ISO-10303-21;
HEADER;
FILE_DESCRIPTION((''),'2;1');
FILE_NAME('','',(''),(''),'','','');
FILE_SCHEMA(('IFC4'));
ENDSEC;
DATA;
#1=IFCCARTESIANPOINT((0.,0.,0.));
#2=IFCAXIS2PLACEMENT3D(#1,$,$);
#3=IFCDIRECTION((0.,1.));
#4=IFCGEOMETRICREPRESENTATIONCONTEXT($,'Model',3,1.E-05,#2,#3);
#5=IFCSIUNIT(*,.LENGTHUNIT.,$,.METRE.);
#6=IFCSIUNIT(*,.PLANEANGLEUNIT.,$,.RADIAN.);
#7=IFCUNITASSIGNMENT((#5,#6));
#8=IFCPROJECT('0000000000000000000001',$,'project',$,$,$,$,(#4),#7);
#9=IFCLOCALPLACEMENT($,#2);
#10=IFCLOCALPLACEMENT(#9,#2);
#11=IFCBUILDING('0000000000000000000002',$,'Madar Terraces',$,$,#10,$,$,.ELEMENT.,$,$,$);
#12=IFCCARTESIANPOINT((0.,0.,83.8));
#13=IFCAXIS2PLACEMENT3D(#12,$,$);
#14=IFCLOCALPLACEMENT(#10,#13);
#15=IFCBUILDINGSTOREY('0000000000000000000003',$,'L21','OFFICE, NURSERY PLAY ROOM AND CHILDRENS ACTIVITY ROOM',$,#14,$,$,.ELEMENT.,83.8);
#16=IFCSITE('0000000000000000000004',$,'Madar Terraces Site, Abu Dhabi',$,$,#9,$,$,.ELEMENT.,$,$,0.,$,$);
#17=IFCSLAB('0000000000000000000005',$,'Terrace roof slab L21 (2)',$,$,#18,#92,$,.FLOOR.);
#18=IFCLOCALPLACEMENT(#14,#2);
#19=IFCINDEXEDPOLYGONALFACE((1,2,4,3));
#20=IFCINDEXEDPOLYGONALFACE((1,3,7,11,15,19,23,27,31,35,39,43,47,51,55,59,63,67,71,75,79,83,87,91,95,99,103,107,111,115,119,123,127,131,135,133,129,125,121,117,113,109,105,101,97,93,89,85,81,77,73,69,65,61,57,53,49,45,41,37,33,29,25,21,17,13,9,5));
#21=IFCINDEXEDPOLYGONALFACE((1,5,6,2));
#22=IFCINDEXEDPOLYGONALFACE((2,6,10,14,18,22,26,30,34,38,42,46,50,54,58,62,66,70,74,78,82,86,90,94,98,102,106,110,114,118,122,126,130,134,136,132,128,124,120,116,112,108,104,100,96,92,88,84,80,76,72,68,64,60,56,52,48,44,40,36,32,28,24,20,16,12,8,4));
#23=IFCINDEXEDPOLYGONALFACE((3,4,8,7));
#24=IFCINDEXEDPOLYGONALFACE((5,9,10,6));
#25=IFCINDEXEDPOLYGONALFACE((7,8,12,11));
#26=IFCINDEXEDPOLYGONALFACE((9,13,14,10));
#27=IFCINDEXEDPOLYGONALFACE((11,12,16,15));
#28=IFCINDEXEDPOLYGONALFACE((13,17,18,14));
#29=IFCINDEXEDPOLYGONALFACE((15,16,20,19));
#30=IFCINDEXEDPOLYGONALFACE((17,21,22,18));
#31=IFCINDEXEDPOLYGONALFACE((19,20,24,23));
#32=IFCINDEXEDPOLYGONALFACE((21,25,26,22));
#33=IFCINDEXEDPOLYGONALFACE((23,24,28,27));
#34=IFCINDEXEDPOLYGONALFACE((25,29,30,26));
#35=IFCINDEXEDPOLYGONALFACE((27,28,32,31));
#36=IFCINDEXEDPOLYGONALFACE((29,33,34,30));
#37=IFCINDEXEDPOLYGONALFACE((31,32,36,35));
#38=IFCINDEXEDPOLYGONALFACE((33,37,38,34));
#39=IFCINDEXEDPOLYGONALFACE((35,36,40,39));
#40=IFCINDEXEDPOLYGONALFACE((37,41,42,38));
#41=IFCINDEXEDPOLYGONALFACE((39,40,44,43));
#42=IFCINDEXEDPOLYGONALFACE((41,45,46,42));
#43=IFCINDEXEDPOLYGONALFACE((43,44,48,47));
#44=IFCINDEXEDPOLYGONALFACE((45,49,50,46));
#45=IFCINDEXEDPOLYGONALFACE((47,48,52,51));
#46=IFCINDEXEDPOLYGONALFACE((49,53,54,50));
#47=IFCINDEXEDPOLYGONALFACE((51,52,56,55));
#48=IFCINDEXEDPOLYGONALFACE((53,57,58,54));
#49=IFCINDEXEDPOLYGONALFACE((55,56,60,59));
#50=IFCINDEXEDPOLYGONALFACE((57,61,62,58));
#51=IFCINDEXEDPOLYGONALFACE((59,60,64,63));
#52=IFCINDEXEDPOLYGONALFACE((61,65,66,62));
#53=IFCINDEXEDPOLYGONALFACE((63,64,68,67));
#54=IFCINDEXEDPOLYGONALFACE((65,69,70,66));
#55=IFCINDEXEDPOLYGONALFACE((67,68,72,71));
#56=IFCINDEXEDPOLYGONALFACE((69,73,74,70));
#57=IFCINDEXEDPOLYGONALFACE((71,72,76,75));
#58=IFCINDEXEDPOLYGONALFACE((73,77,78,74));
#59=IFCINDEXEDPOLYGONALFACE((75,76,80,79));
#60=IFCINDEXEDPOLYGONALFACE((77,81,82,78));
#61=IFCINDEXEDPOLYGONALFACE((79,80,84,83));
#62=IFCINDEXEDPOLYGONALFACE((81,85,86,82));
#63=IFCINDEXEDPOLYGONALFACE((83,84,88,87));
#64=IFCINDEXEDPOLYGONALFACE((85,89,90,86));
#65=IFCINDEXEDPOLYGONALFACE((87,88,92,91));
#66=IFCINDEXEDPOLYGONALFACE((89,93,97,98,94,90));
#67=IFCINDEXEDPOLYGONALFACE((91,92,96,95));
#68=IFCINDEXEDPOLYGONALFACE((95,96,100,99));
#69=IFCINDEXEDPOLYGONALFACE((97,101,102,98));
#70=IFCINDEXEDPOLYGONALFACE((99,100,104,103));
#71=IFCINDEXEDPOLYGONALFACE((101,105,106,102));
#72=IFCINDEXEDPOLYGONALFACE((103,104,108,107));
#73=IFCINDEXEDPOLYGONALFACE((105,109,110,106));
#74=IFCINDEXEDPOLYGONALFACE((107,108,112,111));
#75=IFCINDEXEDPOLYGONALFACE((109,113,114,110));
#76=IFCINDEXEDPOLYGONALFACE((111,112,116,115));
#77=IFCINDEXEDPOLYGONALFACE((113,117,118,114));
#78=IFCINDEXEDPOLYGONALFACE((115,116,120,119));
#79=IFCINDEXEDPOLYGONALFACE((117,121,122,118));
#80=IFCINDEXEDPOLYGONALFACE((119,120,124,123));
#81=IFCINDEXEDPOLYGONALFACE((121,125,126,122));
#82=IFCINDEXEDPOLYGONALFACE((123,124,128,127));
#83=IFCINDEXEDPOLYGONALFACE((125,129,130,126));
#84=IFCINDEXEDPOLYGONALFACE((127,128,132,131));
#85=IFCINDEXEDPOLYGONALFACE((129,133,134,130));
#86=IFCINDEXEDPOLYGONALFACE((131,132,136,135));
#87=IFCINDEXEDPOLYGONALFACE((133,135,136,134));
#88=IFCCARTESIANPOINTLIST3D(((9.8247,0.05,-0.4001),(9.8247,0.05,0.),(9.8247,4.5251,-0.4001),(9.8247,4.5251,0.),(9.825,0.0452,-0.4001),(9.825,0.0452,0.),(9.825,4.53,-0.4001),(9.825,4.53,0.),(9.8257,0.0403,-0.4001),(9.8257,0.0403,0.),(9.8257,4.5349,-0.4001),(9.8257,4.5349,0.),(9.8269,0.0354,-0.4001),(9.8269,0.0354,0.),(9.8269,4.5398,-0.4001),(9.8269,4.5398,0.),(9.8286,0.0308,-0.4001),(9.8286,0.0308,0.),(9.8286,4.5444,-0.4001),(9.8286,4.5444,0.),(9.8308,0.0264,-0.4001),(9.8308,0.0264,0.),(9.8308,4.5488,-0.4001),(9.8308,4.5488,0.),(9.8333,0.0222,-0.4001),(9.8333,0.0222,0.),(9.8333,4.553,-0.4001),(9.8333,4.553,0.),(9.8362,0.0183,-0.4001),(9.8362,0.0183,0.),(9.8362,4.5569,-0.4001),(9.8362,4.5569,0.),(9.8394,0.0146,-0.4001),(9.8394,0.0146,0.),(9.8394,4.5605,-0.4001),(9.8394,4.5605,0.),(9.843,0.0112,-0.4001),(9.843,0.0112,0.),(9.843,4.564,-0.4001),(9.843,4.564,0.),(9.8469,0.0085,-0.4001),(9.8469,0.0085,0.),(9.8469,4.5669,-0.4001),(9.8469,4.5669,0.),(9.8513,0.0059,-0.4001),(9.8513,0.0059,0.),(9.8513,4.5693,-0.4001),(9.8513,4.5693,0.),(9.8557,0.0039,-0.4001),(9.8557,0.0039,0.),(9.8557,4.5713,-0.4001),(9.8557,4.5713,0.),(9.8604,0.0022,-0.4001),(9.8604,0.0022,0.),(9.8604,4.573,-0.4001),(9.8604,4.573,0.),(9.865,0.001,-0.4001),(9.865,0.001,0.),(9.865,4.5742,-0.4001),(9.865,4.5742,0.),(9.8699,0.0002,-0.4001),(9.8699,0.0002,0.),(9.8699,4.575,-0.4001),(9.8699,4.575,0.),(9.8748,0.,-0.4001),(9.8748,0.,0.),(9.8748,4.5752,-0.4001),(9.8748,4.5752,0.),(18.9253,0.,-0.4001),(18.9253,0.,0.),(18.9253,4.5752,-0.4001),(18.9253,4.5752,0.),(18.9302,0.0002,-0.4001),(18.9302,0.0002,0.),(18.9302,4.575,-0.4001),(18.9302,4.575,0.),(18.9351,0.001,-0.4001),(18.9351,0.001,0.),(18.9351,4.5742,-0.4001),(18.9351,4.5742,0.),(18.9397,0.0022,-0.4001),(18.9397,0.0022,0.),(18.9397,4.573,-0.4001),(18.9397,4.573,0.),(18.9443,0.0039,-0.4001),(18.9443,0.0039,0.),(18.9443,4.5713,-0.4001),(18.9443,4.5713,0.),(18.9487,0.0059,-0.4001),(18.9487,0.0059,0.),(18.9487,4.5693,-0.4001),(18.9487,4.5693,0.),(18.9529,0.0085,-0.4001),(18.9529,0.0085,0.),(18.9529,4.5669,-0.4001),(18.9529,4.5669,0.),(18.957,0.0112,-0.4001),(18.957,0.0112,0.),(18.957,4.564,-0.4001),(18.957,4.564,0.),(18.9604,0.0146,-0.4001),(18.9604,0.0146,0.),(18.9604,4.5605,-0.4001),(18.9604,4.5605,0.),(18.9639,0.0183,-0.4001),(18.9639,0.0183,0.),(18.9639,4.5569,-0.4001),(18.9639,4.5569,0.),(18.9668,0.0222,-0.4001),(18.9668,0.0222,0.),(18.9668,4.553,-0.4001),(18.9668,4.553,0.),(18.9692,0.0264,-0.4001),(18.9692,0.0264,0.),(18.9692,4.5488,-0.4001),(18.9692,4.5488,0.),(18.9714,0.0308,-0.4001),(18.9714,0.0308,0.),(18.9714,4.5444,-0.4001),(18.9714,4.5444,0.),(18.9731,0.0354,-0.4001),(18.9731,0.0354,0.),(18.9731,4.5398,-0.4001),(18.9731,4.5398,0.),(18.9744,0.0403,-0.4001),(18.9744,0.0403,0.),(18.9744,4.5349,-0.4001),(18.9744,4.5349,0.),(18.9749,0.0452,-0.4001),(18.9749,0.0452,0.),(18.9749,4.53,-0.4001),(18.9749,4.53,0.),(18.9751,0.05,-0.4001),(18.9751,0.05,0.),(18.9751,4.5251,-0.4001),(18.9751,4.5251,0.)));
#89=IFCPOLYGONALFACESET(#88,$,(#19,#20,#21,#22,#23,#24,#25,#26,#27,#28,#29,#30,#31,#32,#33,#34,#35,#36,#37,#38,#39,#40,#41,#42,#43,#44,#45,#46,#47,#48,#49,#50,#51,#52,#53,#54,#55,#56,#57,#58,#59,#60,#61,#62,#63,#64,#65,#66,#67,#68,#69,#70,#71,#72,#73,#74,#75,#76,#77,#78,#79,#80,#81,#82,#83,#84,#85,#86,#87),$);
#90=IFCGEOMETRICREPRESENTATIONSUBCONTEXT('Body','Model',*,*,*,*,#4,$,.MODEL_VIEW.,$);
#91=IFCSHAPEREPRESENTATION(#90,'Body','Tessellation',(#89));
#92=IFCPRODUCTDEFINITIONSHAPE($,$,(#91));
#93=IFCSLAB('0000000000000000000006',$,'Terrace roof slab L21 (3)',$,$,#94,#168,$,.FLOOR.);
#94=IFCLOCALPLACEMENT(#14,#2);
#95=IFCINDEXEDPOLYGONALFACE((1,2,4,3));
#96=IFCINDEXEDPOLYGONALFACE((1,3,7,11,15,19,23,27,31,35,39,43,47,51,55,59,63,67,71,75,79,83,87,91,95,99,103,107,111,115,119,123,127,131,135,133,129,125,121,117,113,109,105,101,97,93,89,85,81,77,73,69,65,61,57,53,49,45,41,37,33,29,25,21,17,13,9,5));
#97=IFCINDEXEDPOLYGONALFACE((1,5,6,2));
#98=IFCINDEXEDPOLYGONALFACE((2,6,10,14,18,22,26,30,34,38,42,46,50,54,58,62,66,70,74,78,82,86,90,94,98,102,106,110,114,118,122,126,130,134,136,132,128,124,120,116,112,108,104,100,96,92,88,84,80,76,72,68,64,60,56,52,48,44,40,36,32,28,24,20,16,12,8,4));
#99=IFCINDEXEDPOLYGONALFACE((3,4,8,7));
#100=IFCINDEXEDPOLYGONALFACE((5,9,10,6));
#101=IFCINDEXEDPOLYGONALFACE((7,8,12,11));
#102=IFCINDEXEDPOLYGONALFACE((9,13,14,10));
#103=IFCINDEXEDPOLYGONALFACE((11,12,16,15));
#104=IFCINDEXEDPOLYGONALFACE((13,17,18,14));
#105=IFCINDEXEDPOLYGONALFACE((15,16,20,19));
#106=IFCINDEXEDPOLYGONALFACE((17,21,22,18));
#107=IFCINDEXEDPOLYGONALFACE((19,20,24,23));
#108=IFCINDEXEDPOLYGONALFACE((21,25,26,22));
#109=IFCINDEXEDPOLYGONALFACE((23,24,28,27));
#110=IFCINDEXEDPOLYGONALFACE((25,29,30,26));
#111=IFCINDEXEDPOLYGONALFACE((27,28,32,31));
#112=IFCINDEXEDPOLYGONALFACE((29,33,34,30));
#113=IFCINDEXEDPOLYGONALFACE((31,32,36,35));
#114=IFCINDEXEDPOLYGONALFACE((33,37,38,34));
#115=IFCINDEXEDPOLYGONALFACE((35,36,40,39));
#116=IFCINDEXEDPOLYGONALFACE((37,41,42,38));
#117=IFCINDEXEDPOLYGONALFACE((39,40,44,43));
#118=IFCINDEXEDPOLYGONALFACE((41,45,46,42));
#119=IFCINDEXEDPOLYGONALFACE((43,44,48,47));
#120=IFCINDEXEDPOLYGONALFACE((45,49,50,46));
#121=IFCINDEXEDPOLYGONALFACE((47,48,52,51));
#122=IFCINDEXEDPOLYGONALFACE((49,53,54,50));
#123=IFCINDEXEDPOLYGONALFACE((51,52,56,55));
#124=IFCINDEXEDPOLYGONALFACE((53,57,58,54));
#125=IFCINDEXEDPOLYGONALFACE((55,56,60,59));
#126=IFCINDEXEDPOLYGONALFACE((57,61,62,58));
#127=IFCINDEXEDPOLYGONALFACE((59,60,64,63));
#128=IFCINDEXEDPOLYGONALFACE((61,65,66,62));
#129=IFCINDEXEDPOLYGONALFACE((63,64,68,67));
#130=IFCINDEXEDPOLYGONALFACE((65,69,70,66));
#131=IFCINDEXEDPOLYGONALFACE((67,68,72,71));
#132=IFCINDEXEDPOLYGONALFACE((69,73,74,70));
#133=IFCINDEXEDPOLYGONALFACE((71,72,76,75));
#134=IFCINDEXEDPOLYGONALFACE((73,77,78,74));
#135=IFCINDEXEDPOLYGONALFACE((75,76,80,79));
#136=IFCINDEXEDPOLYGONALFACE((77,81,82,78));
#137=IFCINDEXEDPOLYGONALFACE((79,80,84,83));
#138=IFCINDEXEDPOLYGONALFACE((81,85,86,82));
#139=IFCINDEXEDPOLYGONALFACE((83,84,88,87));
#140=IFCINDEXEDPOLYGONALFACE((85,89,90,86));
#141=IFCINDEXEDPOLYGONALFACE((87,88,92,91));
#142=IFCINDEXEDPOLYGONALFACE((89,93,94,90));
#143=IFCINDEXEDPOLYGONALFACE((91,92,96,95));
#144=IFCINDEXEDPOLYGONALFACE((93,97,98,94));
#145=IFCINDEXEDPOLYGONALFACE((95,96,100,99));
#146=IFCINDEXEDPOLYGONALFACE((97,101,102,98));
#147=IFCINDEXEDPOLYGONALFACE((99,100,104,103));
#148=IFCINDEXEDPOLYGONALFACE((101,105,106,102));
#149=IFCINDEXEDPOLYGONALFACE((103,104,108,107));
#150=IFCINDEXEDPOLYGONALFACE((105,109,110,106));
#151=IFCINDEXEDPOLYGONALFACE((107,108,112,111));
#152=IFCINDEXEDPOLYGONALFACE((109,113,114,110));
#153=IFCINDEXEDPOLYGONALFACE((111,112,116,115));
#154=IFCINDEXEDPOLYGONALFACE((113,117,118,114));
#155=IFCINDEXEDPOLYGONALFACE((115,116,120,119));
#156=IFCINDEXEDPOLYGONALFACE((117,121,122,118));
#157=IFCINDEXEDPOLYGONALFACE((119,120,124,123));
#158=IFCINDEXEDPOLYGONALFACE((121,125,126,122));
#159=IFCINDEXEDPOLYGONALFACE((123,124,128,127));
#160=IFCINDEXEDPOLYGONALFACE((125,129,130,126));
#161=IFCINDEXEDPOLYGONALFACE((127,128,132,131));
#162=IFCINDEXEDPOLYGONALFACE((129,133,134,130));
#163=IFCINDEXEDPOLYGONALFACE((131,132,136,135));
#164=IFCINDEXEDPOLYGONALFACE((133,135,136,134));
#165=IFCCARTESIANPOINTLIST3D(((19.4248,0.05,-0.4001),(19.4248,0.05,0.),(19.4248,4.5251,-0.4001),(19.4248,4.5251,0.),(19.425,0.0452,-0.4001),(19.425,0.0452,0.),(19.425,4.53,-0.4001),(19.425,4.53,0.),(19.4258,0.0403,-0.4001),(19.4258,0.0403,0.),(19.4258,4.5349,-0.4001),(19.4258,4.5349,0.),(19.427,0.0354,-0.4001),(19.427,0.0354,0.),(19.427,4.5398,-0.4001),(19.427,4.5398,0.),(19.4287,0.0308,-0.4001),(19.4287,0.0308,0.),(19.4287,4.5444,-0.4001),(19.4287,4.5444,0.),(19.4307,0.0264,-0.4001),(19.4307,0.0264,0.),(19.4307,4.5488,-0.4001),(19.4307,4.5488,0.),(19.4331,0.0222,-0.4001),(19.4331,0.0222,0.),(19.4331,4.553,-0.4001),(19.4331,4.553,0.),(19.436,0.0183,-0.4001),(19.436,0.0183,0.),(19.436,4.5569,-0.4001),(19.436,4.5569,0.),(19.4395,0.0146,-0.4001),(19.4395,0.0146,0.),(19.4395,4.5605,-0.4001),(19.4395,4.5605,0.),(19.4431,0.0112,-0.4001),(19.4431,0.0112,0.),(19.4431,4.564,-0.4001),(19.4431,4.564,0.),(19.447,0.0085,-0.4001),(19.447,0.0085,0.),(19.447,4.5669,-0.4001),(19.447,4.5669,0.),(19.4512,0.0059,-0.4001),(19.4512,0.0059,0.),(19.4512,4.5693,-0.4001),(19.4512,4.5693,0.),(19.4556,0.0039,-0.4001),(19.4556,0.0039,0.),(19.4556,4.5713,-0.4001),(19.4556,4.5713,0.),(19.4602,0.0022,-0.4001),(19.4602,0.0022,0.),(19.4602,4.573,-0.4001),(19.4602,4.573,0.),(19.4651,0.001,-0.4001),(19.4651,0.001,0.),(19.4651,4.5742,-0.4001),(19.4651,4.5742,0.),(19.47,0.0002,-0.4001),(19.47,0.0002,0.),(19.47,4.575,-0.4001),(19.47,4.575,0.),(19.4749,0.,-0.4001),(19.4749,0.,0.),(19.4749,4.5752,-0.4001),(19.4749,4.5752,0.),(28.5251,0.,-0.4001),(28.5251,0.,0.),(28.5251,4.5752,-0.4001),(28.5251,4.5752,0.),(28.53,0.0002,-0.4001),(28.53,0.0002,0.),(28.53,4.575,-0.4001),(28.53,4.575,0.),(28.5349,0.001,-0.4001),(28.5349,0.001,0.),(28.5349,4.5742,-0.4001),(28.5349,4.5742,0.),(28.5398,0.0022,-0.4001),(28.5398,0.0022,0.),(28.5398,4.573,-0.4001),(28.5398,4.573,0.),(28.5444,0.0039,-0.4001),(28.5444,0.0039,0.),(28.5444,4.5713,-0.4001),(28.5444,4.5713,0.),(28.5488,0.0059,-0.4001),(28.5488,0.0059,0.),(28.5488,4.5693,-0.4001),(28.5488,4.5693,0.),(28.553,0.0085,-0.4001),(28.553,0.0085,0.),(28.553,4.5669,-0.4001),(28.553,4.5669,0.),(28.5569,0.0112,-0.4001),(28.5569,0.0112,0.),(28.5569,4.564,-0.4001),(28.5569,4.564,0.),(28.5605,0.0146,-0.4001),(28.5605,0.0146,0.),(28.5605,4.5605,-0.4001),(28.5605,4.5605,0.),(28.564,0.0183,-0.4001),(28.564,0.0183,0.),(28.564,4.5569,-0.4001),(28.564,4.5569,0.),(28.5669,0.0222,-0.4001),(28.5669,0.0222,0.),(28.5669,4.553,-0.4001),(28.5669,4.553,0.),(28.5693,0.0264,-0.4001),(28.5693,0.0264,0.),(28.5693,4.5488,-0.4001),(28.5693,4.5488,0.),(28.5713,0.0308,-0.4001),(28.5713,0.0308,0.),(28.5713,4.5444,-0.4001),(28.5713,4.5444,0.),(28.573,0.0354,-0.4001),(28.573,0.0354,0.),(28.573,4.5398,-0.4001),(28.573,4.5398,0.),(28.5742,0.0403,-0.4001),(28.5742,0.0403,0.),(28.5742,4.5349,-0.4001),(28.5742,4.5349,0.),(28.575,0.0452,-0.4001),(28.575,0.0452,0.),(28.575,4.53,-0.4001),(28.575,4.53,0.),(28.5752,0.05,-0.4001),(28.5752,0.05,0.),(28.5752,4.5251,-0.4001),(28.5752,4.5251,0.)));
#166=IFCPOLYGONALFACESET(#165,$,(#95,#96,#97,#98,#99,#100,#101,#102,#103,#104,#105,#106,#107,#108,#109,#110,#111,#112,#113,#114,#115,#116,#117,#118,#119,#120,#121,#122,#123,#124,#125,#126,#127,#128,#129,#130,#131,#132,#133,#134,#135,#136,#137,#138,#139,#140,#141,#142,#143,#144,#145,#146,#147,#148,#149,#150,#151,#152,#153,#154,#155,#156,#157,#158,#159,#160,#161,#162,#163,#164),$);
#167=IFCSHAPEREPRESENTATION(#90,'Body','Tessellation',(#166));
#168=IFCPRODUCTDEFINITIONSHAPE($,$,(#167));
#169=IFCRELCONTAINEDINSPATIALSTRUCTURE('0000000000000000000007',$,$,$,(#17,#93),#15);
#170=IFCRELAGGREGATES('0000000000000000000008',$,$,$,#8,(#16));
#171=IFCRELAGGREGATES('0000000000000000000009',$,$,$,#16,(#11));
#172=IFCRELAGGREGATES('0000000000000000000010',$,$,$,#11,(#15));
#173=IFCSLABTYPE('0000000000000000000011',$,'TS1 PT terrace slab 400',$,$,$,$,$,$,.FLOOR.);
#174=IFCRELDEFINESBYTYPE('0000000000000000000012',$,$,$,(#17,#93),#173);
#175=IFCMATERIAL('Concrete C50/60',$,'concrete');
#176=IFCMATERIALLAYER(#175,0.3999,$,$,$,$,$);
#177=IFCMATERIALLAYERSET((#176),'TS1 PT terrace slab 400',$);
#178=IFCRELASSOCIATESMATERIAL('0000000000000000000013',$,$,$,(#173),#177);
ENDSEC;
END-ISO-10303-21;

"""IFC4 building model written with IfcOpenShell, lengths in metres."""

from ifc_helpers import new_model, si_unit, direction, frame, origin, place, context, subcontext, project, spatial, polyline, outline, extrude, material, layer, layer_set, type_object, element, save


model = new_model("IFC4")

# Units and contexts
model_context = context("Model", 3, precision=1e-05, world=origin(), true_north=direction((0.0, 1.0)))
body_context = subcontext(model_context, "Body", "Model", "MODEL_VIEW")
ifc_project = project(units=[si_unit("LENGTHUNIT", "METRE"), si_unit("PLANEANGLEUNIT", "RADIAN")], contexts=[model_context])

# Site, building, storey
site_placement = place(None, origin())
site = spatial("IfcSite", under=ifc_project, at=site_placement, Name="Madar Terraces Site, Abu Dhabi", CompositionType="ELEMENT", RefElevation=0.0)
building_placement = place(site_placement, origin())
building = spatial("IfcBuilding", under=site, at=building_placement, Name="Madar Terraces", CompositionType="ELEMENT")
storey_placement = place(building_placement, frame((0.0, 0.0, 83.8)))
storey = spatial("IfcBuildingStorey", under=building, at=storey_placement, Name="L21", Description="OFFICE, NURSERY PLAY ROOM AND CHILDRENS ACTIVITY ROOM", CompositionType="ELEMENT", Elevation=83.8)

# Slabs
ifc_material_1 = material(Name="Concrete C50/60", Category="concrete")
ifc_layer_1 = layer(ifc_material_1, 0.3999)
ifc_layer_set_1 = layer_set([ifc_layer_1], Name="TS1 PT terrace slab 400")
slab_type_1 = type_object("IfcSlabType", Name="TS1 PT terrace slab 400", PredefinedType="FLOOR", material=ifc_layer_set_1)
slab_1_placement = place(storey_placement, frame((0.0, 0.0, -0.4001)))
element("IfcSlab", 1, at=slab_1_placement, inside=storey, type_object=slab_type_1, Name="Terrace roof slab L21 (2)", PredefinedType="FLOOR", context=body_context, shape_type="SweptSolid", body=[
    extrude(outline(polyline([(9.8699, 0.0002), (9.8748, 0.0), (18.9253, 0.0), (18.9302, 0.0002), (18.9351, 0.001), (18.9397, 0.0022), (18.9443, 0.0039), (18.9487, 0.0059), (18.9529, 0.0085), (18.957, 0.0112), (18.9604, 0.0146), (18.9639, 0.0183), (18.9668, 0.0222), (18.9692, 0.0264), (18.9714, 0.0308), (18.9731, 0.0354), (18.9744, 0.0403), (18.9749, 0.0452), (18.9751, 0.05), (18.9751, 4.5251), (18.9749, 4.53), (18.9744, 4.5349), (18.9731, 4.5398), (18.9714, 4.5444), (18.9692, 4.5488), (18.9668, 4.553), (18.9639, 4.5569), (18.9604, 4.5605), (18.957, 4.564), (18.9529, 4.5669), (18.9487, 4.5693), (18.9443, 4.5713), (18.9397, 4.573), (18.9351, 4.5742), (18.9302, 4.575), (18.9253, 4.5752), (9.8748, 4.5752), (9.8699, 4.575), (9.865, 4.5742), (9.8604, 4.573), (9.8557, 4.5713), (9.8513, 4.5693), (9.8469, 4.5669), (9.843, 4.564), (9.8394, 4.5605), (9.8362, 4.5569), (9.8333, 4.553), (9.8308, 4.5488), (9.8286, 4.5444), (9.8269, 4.5398), (9.8257, 4.5349), (9.825, 4.53), (9.8247, 4.5251), (9.8247, 0.05), (9.825, 0.0452), (9.8257, 0.0403), (9.8269, 0.0354), (9.8286, 0.0308), (9.8308, 0.0264), (9.8333, 0.0222), (9.8362, 0.0183), (9.8394, 0.0146), (9.843, 0.0112), (9.8469, 0.0085), (9.8513, 0.0059), (9.8557, 0.0039), (9.8604, 0.0022), (9.865, 0.001), (9.8699, 0.0002)])), origin(), (0.0, 0.0, 1.0), 0.4001),
])
slab_2_placement = place(storey_placement, frame((0.0, 0.0, -0.4001)))
element("IfcSlab", 2, at=slab_2_placement, inside=storey, type_object=slab_type_1, Name="Terrace roof slab L21 (3)", PredefinedType="FLOOR", context=body_context, shape_type="SweptSolid", body=[
    extrude(outline(polyline([(19.4651, 0.001), (19.47, 0.0002), (19.4749, 0.0), (28.5251, 0.0), (28.53, 0.0002), (28.5349, 0.001), (28.5398, 0.0022), (28.5444, 0.0039), (28.5488, 0.0059), (28.553, 0.0085), (28.5569, 0.0112), (28.5605, 0.0146), (28.564, 0.0183), (28.5669, 0.0222), (28.5693, 0.0264), (28.5713, 0.0308), (28.573, 0.0354), (28.5742, 0.0403), (28.575, 0.0452), (28.5752, 0.05), (28.5752, 4.5251), (28.575, 4.53), (28.5742, 4.5349), (28.573, 4.5398), (28.5713, 4.5444), (28.5693, 4.5488), (28.5669, 4.553), (28.564, 4.5569), (28.5605, 4.5605), (28.5569, 4.564), (28.553, 4.5669), (28.5488, 4.5693), (28.5444, 4.5713), (28.5398, 4.573), (28.5349, 4.5742), (28.53, 4.575), (28.5251, 4.5752), (19.4749, 4.5752), (19.47, 4.575), (19.4651, 4.5742), (19.4602, 4.573), (19.4556, 4.5713), (19.4512, 4.5693), (19.447, 4.5669), (19.4431, 4.564), (19.4395, 4.5605), (19.436, 4.5569), (19.4331, 4.553), (19.4307, 4.5488), (19.4287, 4.5444), (19.427, 4.5398), (19.4258, 4.5349), (19.425, 4.53), (19.4248, 4.5251), (19.4248, 0.05), (19.425, 0.0452), (19.4258, 0.0403), (19.427, 0.0354), (19.4287, 0.0308), (19.4307, 0.0264), (19.4331, 0.0222), (19.436, 0.0183), (19.4395, 0.0146), (19.4431, 0.0112), (19.447, 0.0085), (19.4512, 0.0059), (19.4556, 0.0039), (19.4602, 0.0022), (19.4651, 0.001)])), origin(), (0.0, 0.0, 1.0), 0.4001),
])

save(model, "model.ifc")
